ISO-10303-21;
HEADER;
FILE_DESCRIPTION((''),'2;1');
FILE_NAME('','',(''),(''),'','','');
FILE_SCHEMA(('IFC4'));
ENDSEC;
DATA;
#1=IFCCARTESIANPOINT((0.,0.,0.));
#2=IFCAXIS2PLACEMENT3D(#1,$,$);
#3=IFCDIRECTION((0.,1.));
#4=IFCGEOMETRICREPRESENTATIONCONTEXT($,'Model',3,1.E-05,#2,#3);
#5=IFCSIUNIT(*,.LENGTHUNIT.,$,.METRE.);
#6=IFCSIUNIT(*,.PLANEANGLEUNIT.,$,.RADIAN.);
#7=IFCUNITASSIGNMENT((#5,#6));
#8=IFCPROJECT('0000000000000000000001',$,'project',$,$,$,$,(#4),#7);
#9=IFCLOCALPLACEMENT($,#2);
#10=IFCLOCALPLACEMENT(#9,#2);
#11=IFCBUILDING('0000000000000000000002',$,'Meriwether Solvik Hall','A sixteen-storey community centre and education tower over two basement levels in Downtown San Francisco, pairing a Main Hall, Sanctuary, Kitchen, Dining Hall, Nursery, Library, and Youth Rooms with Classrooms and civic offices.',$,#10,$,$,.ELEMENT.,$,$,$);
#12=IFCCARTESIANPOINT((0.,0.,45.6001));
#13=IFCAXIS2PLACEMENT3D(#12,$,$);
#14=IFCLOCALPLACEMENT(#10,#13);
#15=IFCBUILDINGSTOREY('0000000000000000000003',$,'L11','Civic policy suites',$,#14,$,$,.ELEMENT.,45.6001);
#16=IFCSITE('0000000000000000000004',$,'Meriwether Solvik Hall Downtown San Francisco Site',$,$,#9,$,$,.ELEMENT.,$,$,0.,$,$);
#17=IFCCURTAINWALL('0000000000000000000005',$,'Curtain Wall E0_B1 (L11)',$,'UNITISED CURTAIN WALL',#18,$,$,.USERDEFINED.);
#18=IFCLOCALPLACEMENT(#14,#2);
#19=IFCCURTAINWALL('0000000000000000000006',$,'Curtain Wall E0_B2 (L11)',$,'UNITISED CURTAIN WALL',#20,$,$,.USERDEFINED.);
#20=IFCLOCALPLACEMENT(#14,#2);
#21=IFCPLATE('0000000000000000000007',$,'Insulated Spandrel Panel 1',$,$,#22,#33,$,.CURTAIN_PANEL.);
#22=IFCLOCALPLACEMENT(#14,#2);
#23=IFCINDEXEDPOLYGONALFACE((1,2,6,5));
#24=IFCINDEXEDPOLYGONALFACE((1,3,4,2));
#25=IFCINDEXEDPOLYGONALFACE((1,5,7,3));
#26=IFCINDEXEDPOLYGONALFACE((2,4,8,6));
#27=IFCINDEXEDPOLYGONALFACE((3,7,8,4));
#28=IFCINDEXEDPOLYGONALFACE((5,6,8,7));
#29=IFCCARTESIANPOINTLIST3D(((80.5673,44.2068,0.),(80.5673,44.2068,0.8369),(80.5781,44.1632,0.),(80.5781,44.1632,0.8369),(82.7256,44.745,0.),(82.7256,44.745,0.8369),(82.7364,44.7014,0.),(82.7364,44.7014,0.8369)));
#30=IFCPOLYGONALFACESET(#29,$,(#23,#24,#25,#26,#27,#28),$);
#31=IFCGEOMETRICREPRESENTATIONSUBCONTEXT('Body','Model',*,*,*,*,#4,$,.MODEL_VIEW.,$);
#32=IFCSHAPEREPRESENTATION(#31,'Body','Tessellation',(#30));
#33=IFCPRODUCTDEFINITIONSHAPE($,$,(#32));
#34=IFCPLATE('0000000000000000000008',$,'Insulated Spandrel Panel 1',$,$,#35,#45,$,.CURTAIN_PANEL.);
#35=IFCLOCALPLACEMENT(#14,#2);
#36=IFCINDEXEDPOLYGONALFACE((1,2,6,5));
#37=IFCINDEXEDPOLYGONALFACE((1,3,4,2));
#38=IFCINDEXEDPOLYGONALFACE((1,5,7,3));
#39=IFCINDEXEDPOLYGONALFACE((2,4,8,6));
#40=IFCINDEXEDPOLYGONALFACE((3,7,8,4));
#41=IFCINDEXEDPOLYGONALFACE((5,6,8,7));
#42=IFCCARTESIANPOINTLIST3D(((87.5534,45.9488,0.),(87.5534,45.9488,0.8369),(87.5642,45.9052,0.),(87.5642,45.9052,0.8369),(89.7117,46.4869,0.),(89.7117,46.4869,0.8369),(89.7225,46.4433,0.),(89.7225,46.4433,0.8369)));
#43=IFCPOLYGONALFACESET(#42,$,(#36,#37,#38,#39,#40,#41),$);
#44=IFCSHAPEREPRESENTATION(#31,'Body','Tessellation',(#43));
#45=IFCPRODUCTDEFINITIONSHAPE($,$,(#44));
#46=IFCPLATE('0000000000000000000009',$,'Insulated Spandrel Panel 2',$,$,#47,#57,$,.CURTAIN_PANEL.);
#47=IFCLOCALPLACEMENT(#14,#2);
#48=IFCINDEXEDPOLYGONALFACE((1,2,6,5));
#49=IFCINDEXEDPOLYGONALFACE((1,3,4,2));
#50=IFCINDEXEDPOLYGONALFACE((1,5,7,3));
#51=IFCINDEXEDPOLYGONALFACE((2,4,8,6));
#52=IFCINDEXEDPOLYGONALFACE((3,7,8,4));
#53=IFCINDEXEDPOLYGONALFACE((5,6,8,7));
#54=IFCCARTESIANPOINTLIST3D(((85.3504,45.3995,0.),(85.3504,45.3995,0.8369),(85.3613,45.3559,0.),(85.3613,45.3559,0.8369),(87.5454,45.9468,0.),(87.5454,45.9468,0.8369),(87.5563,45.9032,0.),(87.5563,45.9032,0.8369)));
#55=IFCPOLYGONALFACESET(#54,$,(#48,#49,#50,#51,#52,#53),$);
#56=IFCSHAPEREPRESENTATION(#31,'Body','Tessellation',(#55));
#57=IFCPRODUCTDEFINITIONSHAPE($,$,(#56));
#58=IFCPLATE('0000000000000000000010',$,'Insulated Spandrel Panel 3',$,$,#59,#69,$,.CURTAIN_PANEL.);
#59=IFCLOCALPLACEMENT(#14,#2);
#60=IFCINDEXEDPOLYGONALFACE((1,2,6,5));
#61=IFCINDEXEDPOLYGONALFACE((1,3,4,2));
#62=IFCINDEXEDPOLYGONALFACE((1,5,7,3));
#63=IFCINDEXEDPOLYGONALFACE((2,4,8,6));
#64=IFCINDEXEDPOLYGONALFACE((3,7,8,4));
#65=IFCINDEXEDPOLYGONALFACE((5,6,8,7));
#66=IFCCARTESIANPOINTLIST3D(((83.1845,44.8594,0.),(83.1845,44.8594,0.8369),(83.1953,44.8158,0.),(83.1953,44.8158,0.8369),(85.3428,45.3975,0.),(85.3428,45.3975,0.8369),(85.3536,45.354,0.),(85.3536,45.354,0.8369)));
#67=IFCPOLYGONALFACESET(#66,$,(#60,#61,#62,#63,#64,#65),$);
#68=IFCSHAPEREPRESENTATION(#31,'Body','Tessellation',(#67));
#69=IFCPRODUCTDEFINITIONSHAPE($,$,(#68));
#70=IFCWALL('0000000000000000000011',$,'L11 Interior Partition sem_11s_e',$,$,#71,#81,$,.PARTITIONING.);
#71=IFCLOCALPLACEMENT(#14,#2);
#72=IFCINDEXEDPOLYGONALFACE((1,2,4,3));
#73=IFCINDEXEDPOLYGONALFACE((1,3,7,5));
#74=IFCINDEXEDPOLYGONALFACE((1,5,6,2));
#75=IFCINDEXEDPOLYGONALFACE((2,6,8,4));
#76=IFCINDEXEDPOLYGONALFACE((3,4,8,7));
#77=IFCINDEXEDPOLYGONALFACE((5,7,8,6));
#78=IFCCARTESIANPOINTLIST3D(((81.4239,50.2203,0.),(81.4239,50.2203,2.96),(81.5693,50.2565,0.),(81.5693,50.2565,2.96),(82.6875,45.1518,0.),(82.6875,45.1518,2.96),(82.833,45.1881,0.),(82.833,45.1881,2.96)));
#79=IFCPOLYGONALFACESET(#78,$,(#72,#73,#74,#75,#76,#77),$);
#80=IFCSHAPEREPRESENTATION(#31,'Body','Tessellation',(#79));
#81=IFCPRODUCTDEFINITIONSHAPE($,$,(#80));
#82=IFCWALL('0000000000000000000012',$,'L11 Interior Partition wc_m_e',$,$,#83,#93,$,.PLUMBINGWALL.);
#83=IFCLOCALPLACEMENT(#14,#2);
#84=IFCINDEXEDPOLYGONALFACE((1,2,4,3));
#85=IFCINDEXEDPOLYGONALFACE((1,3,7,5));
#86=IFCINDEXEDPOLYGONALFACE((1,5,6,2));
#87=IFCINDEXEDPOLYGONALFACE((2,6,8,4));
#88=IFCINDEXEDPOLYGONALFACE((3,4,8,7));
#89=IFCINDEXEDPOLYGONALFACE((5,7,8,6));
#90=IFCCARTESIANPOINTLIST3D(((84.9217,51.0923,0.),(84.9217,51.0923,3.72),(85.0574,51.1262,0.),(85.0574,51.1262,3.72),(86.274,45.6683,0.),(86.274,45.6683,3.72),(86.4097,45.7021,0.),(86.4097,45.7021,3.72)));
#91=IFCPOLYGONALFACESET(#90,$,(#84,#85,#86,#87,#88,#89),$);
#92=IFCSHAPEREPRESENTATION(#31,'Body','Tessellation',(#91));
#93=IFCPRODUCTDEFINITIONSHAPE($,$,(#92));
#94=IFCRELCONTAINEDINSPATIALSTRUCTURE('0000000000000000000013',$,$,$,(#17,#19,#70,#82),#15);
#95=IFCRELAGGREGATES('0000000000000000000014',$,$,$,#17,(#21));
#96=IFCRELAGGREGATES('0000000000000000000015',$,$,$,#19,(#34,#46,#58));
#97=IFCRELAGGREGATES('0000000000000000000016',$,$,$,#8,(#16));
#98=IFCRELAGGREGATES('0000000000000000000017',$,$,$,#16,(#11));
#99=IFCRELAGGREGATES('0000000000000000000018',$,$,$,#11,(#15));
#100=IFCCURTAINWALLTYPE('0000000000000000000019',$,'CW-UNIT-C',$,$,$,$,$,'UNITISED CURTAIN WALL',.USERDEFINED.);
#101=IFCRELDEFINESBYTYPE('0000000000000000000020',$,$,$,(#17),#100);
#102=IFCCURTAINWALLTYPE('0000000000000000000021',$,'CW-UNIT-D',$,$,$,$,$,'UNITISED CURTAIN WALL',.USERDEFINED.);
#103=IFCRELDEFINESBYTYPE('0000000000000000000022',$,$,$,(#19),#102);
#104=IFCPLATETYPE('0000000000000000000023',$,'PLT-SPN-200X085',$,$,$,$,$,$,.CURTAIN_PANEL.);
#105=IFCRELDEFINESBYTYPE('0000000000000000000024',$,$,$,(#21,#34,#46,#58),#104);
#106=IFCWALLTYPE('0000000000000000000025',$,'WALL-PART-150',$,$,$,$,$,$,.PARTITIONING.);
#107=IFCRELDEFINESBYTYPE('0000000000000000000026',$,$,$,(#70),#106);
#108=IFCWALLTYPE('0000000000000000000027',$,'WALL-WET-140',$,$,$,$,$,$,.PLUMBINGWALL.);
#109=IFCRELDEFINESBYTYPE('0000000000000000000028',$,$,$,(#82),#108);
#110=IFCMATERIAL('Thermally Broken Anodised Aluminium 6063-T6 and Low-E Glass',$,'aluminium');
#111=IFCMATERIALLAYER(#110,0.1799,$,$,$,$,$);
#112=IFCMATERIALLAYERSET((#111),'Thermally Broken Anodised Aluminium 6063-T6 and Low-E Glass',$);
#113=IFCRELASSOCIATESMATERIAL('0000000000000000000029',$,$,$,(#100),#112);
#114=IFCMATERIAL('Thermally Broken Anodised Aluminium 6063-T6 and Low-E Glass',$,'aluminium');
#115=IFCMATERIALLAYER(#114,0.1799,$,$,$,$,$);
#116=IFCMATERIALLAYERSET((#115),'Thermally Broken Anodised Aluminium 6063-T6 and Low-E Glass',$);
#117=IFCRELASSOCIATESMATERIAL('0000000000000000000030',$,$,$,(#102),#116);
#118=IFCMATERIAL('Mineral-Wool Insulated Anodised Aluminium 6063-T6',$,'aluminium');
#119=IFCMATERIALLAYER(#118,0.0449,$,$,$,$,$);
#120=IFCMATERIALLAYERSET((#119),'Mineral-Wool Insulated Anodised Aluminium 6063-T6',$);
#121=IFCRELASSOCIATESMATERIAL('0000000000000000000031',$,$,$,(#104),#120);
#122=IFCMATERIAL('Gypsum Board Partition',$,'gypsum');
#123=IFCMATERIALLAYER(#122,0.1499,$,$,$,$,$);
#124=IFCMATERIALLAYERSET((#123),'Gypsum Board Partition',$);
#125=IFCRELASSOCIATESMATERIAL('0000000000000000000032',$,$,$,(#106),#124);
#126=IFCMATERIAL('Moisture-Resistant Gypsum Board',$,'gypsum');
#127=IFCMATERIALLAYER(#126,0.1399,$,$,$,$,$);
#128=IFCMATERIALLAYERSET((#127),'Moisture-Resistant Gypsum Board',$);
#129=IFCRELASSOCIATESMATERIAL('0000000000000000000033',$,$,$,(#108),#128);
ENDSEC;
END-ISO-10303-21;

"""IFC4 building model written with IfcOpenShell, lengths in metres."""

from ifc_helpers import new_model, si_unit, direction, frame, frame_2d, origin, origin_2d, place, context, subcontext, project, spatial, rectangle, extrude, material, layer, layer_set, type_object, element, aggregate, save


model = new_model("IFC4")

# Units and contexts
model_context = context("Model", 3, precision=1e-05, world=origin(), true_north=direction((0.0, 1.0)))
body_context = subcontext(model_context, "Body", "Model", "MODEL_VIEW")
ifc_project = project(units=[si_unit("LENGTHUNIT", "METRE"), si_unit("PLANEANGLEUNIT", "RADIAN")], contexts=[model_context])

# Site, building, storey
site_placement = place(None, origin())
site = spatial("IfcSite", under=ifc_project, at=site_placement, Name="Meriwether Solvik Hall Downtown San Francisco Site", CompositionType="ELEMENT", RefElevation=0.0)
building_placement = place(site_placement, origin())
building = spatial("IfcBuilding", under=site, at=building_placement, Name="Meriwether Solvik Hall", Description="A sixteen-storey community centre and education tower over two basement levels in Downtown San Francisco, pairing a Main Hall, Sanctuary, Kitchen, Dining Hall, Nursery, Library, and Youth Rooms with Classrooms and civic offices.", CompositionType="ELEMENT")
storey_placement = place(building_placement, frame((0.0, 0.0, 45.6001)))
storey = spatial("IfcBuildingStorey", under=building, at=storey_placement, Name="L11", Description="Civic policy suites", CompositionType="ELEMENT", Elevation=45.6001)

# Curtain wall
ifc_material_1 = material(Name="Thermally Broken Anodised Aluminium 6063-T6 and Low-E Glass", Category="aluminium")
ifc_layer_1 = layer(ifc_material_1, 0.1799)
ifc_layer_set_1 = layer_set([ifc_layer_1], Name="Thermally Broken Anodised Aluminium 6063-T6 and Low-E Glass")
curtain_wall_type_1 = type_object("IfcCurtainWallType", Name="CW-UNIT-C", ElementType="UNITISED CURTAIN WALL", PredefinedType="USERDEFINED", material=ifc_layer_set_1)
curtain_wall_1_placement = place(storey_placement, origin())
curtain_wall_1 = element("IfcCurtainWall", 1, at=curtain_wall_1_placement, inside=storey, type_object=curtain_wall_type_1, Name="Curtain Wall E0_B1 (L11)", ObjectType="UNITISED CURTAIN WALL", PredefinedType="USERDEFINED")

# Curtain wall
ifc_material_2 = material(Name="Thermally Broken Anodised Aluminium 6063-T6 and Low-E Glass", Category="aluminium")
ifc_layer_2 = layer(ifc_material_2, 0.1799)
ifc_layer_set_2 = layer_set([ifc_layer_2], Name="Thermally Broken Anodised Aluminium 6063-T6 and Low-E Glass")
curtain_wall_type_2 = type_object("IfcCurtainWallType", Name="CW-UNIT-D", ElementType="UNITISED CURTAIN WALL", PredefinedType="USERDEFINED", material=ifc_layer_set_2)
curtain_wall_2_placement = place(storey_placement, origin())
curtain_wall_2 = element("IfcCurtainWall", 2, at=curtain_wall_2_placement, inside=storey, type_object=curtain_wall_type_2, Name="Curtain Wall E0_B2 (L11)", ObjectType="UNITISED CURTAIN WALL", PredefinedType="USERDEFINED")

# Plates
ifc_material_3 = material(Name="Mineral-Wool Insulated Anodised Aluminium 6063-T6", Category="aluminium")
ifc_layer_3 = layer(ifc_material_3, 0.0449)
ifc_layer_set_3 = layer_set([ifc_layer_3], Name="Mineral-Wool Insulated Anodised Aluminium 6063-T6")
plate_type_1 = type_object("IfcPlateType", Name="PLT-SPN-200X085", PredefinedType="CURTAIN_PANEL", material=ifc_layer_set_3)
plate_1_placement = place(storey_placement, frame((81.6519, 44.4541, 0.0), z_axis=(0.0, 0.0, 1.0), x_axis=(-0.970296, -0.241922, 0.0)))
plate_1 = element("IfcPlate", 3, at=plate_1_placement, type_object=plate_type_1, Name="Insulated Spandrel Panel 1", PredefinedType="CURTAIN_PANEL", context=body_context, shape_type="SweptSolid", body=[
    extrude(rectangle(XDim=2.2244, YDim=0.0449, at=origin_2d()), origin(), (0.0, 0.0, 1.0), 0.8369),
])
aggregate(curtain_wall_1, [plate_1])
plate_2_placement = place(storey_placement, frame((88.6379, 46.196, 0.0), z_axis=(0.0, 0.0, 1.0), x_axis=(-0.970296, -0.241922, 0.0)))
plate_2 = element("IfcPlate", 4, at=plate_2_placement, type_object=plate_type_1, Name="Insulated Spandrel Panel 1", PredefinedType="CURTAIN_PANEL", context=body_context, shape_type="SweptSolid", body=[
    extrude(rectangle(XDim=2.2244, YDim=0.0449, at=origin_2d()), origin(), (0.0, 0.0, 1.0), 0.8369),
])
plate_3_placement = place(storey_placement, frame((86.4534, 45.6514, 0.0), z_axis=(0.0, 0.0, 1.0), x_axis=(-0.970296, -0.241922, 0.0)))
plate_3 = element("IfcPlate", 5, at=plate_3_placement, type_object=plate_type_1, Name="Insulated Spandrel Panel 2", PredefinedType="CURTAIN_PANEL", context=body_context, shape_type="SweptSolid", body=[
    extrude(rectangle(XDim=2.2622, YDim=0.0449, at=origin_2d()), origin(), (0.0, 0.0, 1.0), 0.8369),
])
plate_4_placement = place(storey_placement, frame((84.269, 45.1067, 0.0), z_axis=(0.0, 0.0, 1.0), x_axis=(-0.970296, -0.241922, 0.0)))
plate_4 = element("IfcPlate", 6, at=plate_4_placement, type_object=plate_type_1, Name="Insulated Spandrel Panel 3", PredefinedType="CURTAIN_PANEL", context=body_context, shape_type="SweptSolid", body=[
    extrude(rectangle(XDim=2.2244, YDim=0.0449, at=origin_2d()), origin(), (0.0, 0.0, 1.0), 0.8369),
])
aggregate(curtain_wall_2, [plate_2, plate_3, plate_4])

# Walls
ifc_material_4 = material(Name="Gypsum Board Partition", Category="gypsum")
ifc_layer_4 = layer(ifc_material_4, 0.1499)
ifc_layer_set_4 = layer_set([ifc_layer_4], Name="Gypsum Board Partition")
wall_type_1 = type_object("IfcWallType", Name="WALL-PART-150", PredefinedType="PARTITIONING", material=ifc_layer_set_4)
wall_1_placement = place(storey_placement, frame((82.7603, 45.1699, 0.0), z_axis=(0.0, 0.0, 1.0), x_axis=(-0.241909, 0.970299, 0.0)))
element("IfcWall", 7, at=wall_1_placement, inside=storey, type_object=wall_type_1, Name="L11 Interior Partition sem_11s_e", PredefinedType="PARTITIONING", context=body_context, shape_type="SweptSolid", body=[
    extrude(rectangle(XDim=5.2236, YDim=0.1499, at=frame_2d((2.6118, 0.0))), origin(), (0.0, 0.0, 1.0), 2.96),
])
ifc_material_5 = material(Name="Moisture-Resistant Gypsum Board", Category="gypsum")
ifc_layer_5 = layer(ifc_material_5, 0.1399)
ifc_layer_set_5 = layer_set([ifc_layer_5], Name="Moisture-Resistant Gypsum Board")
wall_type_2 = type_object("IfcWallType", Name="WALL-WET-140", PredefinedType="PLUMBINGWALL", material=ifc_layer_set_5)
wall_2_placement = place(storey_placement, frame((86.3418, 45.6853, 0.0), z_axis=(0.0, 0.0, 1.0), x_axis=(-0.241909, 0.970299, 0.0)))
element("IfcWall", 8, at=wall_2_placement, inside=storey, type_object=wall_type_2, Name="L11 Interior Partition wc_m_e", PredefinedType="PLUMBINGWALL", context=body_context, shape_type="SweptSolid", body=[
    extrude(rectangle(XDim=5.5901, YDim=0.1399, at=frame_2d((2.7949, 0.0))), origin(), (0.0, 0.0, 1.0), 3.72),
])

save(model, "model.ifc")
